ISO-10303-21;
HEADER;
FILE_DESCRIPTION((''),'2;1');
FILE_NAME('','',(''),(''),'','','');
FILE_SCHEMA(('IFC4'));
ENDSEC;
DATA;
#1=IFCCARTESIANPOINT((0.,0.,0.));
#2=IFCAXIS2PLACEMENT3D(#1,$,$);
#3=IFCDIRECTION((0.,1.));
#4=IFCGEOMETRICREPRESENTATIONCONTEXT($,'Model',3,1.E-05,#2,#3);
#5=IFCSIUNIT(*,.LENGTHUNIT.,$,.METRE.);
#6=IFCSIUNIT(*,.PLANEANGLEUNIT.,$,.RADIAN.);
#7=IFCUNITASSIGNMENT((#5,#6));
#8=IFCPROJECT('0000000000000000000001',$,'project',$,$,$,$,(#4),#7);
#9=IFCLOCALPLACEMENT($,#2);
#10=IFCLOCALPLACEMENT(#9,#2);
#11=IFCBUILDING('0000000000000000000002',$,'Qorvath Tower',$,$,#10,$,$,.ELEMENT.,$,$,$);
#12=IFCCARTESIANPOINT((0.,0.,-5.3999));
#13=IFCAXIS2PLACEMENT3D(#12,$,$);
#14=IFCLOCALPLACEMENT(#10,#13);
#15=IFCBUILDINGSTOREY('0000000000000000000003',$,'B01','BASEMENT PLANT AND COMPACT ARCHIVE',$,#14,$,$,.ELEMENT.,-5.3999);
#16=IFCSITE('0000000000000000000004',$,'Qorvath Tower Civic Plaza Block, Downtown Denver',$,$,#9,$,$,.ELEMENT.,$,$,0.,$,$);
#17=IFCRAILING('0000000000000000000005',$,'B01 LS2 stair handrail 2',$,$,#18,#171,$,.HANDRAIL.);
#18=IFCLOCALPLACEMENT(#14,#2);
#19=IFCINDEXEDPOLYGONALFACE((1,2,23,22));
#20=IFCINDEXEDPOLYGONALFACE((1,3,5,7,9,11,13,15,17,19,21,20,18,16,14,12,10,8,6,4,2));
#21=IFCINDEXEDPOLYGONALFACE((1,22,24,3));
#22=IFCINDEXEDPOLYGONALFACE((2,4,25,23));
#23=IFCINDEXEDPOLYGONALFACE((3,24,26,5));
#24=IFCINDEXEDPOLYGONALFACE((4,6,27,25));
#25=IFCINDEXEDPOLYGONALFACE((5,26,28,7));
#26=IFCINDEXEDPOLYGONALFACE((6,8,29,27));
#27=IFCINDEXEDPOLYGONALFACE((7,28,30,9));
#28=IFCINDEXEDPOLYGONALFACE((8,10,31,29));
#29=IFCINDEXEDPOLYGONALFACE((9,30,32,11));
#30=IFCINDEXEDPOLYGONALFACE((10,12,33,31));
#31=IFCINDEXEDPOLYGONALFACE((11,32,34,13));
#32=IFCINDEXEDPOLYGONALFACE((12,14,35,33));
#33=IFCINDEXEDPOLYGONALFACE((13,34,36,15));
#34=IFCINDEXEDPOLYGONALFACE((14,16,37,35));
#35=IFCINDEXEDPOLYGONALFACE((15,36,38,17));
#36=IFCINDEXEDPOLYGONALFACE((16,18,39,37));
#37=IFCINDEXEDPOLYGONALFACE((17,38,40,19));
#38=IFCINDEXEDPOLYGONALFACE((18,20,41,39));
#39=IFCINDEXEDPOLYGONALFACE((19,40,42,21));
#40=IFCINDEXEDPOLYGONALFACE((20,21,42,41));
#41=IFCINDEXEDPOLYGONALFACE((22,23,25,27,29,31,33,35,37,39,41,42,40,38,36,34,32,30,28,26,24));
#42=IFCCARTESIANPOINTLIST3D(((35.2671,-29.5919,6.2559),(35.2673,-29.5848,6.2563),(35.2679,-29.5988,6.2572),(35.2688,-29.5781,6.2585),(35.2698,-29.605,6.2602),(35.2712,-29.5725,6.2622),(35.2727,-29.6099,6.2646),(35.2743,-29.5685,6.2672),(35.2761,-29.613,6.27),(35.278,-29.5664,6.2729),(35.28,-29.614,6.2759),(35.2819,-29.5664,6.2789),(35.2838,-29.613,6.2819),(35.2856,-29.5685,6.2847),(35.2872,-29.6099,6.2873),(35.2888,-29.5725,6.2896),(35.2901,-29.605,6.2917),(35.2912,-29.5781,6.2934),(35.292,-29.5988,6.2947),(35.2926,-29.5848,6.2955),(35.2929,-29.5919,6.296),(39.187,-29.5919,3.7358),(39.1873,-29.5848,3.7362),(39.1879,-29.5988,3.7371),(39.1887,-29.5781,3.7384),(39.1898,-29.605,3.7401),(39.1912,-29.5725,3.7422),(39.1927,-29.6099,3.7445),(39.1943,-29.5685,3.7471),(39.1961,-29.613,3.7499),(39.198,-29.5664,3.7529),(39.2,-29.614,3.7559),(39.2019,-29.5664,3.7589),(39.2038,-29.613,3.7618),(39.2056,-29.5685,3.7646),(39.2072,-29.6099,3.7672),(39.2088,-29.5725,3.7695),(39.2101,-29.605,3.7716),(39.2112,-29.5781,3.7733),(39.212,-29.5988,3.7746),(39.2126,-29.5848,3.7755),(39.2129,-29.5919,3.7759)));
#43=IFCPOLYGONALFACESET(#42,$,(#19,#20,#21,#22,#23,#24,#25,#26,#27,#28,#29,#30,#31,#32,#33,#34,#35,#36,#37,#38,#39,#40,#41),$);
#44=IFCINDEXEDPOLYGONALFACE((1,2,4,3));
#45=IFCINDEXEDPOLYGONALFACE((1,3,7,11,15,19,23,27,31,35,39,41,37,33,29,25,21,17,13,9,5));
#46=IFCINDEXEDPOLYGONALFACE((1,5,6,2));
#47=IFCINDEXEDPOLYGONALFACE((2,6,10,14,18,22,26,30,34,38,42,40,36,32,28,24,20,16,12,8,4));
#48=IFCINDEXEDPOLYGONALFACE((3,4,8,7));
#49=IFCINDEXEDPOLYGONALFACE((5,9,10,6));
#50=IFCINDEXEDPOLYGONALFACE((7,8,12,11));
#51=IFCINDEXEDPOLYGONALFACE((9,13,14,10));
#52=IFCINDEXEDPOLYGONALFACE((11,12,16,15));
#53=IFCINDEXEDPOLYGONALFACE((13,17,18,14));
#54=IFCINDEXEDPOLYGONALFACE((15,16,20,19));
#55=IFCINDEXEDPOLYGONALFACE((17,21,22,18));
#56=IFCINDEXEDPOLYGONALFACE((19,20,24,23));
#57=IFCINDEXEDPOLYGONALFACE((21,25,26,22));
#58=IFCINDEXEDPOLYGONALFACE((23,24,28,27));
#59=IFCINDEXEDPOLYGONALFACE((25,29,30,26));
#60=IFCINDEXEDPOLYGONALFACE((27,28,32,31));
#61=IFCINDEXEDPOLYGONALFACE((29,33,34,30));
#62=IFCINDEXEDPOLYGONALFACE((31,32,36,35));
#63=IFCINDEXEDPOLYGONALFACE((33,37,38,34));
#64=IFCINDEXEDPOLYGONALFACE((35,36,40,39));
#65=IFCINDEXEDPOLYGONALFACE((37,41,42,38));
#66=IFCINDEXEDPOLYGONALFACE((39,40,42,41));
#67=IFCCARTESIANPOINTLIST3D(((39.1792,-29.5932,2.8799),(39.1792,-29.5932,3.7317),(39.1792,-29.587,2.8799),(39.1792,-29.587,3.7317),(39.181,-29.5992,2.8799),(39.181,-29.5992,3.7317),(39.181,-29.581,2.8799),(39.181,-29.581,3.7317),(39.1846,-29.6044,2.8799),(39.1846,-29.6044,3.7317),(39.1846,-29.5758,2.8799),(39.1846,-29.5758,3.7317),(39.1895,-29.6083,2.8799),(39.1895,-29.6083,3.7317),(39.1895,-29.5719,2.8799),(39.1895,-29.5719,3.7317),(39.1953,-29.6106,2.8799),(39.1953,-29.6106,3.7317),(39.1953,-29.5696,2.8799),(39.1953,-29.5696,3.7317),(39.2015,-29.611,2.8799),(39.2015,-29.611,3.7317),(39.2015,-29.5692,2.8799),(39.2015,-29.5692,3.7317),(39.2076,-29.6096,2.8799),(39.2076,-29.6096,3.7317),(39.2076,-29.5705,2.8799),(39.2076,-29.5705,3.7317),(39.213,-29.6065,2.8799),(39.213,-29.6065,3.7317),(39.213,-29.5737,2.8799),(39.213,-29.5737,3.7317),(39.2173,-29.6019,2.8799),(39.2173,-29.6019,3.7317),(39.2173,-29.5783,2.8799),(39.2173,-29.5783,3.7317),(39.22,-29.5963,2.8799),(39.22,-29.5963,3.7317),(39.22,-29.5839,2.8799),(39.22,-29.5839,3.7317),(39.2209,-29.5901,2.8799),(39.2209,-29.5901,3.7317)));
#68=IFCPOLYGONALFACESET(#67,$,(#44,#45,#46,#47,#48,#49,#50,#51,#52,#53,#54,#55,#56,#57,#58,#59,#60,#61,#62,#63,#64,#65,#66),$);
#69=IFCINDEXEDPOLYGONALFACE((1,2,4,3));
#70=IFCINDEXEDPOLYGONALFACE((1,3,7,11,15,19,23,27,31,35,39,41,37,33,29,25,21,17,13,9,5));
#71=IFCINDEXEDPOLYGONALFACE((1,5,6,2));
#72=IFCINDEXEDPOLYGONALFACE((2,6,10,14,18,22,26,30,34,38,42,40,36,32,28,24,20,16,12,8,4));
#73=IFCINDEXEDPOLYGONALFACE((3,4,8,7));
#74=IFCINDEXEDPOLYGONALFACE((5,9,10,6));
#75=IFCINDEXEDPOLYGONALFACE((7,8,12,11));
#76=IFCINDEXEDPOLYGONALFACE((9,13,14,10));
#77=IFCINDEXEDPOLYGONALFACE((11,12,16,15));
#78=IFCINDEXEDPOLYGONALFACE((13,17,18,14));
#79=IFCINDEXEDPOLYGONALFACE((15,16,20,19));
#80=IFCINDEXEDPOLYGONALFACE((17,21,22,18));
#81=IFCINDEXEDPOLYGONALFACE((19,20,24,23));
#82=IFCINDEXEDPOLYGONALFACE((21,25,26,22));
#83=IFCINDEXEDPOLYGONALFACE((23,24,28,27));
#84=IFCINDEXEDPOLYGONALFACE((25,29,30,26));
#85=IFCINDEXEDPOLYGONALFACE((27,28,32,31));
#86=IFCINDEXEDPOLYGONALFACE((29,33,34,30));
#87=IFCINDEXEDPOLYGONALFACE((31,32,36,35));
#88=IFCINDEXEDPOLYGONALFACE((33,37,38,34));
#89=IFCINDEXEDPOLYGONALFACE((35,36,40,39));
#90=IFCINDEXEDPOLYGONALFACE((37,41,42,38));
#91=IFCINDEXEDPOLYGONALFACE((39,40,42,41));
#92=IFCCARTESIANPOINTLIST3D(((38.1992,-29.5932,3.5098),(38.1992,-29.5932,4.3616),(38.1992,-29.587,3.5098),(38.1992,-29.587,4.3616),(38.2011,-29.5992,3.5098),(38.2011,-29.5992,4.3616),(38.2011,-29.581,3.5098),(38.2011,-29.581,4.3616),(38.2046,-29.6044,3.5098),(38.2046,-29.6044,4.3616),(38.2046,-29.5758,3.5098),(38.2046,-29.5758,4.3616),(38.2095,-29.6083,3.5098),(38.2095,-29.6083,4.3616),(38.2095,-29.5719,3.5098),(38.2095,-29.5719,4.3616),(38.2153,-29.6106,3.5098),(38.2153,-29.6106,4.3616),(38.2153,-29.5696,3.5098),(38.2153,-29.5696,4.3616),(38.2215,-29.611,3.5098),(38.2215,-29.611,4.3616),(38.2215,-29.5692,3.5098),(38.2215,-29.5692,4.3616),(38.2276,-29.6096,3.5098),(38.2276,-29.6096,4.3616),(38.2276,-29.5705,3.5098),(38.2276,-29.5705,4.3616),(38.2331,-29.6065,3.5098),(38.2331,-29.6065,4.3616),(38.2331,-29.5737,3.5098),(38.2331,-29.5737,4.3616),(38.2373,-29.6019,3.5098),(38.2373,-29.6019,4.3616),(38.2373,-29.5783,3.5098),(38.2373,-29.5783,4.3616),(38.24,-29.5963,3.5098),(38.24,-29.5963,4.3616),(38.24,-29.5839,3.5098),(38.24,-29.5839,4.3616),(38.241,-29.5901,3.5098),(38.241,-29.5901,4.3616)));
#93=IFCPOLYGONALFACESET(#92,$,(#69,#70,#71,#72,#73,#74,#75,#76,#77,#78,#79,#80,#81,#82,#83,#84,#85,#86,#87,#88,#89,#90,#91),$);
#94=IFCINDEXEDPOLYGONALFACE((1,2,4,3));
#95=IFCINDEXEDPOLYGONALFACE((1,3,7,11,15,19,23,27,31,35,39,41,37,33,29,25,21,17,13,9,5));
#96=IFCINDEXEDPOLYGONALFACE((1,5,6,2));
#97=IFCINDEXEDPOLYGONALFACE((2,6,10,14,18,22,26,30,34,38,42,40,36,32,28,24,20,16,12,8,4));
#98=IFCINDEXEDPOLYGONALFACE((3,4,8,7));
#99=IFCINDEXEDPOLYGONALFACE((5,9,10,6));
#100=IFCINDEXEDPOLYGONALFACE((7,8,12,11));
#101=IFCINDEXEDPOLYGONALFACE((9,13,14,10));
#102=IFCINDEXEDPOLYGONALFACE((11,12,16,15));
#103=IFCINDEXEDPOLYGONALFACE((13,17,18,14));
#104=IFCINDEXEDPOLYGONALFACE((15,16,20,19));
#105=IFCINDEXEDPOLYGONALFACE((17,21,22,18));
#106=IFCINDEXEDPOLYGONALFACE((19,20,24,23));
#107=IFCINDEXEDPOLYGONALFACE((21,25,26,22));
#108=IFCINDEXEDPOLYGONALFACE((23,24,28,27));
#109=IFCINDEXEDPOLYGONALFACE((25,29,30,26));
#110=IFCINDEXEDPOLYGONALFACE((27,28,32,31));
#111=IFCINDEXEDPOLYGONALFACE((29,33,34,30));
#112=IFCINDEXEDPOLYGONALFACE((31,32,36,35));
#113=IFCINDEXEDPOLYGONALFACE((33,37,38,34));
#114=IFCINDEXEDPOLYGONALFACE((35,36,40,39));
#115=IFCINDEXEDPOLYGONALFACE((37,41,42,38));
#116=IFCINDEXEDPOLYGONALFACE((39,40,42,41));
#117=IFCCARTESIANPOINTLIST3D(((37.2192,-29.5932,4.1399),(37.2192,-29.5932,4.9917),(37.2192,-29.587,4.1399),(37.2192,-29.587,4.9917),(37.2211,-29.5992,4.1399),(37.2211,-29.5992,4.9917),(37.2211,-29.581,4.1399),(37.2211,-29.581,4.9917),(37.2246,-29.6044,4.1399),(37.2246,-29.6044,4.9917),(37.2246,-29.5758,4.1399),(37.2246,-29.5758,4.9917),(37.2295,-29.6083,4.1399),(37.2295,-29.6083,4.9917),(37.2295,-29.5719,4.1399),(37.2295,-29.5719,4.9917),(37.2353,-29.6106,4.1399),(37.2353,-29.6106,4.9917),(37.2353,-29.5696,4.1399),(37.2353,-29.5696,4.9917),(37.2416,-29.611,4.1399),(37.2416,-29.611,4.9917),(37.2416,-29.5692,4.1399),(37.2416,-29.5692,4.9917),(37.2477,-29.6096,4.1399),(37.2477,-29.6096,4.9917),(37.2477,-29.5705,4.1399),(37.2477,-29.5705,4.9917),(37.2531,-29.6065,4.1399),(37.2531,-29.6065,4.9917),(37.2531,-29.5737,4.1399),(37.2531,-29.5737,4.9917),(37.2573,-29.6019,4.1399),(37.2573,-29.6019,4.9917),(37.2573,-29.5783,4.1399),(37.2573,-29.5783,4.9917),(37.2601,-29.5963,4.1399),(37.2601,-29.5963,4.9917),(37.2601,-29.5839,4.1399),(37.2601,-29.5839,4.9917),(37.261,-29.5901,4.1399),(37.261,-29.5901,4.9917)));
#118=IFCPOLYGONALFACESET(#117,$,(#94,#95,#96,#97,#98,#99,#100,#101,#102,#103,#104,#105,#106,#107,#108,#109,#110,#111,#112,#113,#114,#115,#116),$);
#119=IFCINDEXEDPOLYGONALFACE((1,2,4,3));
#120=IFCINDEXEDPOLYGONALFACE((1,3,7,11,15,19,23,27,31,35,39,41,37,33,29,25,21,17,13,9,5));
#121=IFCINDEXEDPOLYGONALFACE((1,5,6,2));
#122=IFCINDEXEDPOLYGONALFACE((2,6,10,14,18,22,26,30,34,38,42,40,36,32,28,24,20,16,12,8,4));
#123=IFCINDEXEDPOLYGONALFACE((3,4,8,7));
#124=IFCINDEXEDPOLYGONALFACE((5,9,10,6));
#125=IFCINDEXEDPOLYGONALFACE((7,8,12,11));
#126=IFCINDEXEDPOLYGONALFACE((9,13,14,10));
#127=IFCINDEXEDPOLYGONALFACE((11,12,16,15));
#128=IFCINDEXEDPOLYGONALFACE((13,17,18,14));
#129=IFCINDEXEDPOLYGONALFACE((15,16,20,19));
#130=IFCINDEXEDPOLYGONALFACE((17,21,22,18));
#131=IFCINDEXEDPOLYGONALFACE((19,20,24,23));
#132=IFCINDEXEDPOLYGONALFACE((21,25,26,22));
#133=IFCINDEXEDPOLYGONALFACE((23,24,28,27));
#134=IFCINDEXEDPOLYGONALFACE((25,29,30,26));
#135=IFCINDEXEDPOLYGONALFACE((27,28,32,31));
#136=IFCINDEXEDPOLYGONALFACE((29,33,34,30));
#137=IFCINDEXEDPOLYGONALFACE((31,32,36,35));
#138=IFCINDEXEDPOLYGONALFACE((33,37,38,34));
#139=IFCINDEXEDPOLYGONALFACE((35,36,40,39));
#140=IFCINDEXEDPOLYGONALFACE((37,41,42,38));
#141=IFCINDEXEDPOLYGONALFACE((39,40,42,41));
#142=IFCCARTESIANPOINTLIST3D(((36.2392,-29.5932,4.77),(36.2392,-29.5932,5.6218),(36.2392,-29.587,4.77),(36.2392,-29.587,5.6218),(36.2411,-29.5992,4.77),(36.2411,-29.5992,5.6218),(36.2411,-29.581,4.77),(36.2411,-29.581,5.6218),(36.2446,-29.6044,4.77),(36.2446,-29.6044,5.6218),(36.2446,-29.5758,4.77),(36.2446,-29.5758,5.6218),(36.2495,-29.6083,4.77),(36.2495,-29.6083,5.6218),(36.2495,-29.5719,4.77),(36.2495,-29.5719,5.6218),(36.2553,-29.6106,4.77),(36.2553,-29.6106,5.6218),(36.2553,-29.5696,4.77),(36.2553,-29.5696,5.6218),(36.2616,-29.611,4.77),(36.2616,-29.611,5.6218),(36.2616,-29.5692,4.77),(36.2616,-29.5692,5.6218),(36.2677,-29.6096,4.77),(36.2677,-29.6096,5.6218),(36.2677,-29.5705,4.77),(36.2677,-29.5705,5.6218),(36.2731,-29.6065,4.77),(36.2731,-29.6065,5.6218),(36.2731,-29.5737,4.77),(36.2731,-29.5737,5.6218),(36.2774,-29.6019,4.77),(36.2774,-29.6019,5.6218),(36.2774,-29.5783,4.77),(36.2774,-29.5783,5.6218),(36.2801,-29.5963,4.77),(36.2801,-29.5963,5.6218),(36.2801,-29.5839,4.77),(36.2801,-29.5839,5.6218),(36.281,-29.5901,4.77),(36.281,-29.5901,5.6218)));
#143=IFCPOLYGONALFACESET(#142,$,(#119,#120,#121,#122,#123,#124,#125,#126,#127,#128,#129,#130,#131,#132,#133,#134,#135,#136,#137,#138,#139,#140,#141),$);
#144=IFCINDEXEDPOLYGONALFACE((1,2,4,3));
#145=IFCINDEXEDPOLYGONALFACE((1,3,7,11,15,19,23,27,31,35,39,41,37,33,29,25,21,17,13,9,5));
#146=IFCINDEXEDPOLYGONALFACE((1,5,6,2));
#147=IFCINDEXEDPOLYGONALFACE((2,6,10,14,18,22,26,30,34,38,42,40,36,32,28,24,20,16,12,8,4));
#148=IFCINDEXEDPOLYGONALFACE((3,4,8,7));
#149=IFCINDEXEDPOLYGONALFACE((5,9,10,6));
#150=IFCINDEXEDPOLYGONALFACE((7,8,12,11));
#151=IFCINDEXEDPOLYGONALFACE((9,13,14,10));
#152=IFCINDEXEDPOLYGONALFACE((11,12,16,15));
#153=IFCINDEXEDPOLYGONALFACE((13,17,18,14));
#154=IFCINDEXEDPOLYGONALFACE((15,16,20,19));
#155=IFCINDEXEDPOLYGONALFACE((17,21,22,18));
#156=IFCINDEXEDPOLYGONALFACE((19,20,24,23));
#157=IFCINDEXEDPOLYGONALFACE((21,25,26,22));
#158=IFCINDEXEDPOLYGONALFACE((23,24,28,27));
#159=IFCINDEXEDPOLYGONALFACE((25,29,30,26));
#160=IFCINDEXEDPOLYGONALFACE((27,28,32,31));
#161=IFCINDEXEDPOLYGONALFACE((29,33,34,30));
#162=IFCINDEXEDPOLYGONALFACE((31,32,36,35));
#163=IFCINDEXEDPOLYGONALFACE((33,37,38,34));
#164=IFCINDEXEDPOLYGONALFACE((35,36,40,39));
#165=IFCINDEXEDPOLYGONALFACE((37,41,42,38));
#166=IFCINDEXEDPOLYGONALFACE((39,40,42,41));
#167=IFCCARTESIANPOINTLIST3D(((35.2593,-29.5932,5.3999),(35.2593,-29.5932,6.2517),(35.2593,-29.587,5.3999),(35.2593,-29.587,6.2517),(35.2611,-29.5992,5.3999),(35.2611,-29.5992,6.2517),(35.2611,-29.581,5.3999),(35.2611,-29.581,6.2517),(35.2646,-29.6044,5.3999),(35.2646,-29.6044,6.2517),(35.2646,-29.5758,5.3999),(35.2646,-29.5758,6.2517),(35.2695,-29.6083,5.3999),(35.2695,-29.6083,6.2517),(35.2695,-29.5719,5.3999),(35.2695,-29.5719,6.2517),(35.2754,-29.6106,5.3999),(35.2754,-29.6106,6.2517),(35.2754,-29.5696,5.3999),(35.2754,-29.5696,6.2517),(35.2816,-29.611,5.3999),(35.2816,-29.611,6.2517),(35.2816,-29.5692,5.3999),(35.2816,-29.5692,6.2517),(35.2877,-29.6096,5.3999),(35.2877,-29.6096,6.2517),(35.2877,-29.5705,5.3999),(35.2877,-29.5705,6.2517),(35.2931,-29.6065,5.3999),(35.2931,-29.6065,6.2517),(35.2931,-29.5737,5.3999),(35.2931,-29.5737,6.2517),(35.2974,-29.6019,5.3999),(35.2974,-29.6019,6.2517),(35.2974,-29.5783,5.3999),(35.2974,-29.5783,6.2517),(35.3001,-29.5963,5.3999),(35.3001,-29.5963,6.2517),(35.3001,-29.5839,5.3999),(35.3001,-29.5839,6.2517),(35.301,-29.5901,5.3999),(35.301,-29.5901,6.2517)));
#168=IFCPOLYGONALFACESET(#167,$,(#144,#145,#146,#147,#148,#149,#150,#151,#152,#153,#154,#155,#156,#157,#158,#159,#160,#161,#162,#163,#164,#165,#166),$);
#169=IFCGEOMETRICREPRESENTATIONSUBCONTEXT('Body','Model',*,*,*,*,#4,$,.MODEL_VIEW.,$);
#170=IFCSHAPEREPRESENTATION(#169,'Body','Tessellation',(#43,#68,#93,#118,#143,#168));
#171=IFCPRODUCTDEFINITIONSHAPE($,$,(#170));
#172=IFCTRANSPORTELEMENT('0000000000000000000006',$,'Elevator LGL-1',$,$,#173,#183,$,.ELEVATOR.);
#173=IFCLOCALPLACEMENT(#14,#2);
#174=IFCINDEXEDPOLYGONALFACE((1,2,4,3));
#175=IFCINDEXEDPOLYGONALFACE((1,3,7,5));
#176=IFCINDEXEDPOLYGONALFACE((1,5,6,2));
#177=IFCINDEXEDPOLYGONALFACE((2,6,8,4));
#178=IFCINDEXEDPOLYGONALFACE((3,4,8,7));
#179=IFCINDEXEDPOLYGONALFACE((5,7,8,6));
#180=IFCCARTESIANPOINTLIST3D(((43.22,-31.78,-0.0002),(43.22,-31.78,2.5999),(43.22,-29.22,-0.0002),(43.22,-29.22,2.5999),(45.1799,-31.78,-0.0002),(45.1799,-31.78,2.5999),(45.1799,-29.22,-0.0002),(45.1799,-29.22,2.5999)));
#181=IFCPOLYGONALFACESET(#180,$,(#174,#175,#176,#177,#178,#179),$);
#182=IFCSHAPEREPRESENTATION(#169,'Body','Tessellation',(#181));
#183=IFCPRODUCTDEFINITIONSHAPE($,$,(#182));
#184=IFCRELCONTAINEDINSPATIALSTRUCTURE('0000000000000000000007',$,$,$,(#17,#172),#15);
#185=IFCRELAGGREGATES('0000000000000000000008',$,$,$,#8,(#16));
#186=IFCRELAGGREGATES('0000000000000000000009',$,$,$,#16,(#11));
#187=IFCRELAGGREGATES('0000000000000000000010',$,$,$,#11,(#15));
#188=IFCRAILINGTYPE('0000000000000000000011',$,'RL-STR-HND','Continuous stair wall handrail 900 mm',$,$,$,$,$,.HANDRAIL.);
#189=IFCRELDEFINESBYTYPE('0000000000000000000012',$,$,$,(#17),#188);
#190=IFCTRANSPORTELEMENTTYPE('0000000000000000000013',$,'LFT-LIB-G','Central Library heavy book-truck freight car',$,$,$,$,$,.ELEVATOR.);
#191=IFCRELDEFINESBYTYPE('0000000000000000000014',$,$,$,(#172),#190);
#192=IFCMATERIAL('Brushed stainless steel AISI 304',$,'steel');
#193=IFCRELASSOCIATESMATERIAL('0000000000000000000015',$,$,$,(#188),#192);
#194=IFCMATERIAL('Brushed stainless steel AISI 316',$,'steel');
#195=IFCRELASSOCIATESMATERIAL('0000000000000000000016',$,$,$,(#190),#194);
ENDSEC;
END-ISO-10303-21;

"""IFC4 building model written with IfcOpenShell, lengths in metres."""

from ifc_helpers import new_model, si_unit, direction, frame, origin, origin_2d, place, context, subcontext, project, spatial, rectangle, circle, extrude, material, type_object, element, save


model = new_model("IFC4")

# Units and contexts
model_context = context("Model", 3, precision=1e-05, world=origin(), true_north=direction((0.0, 1.0)))
body_context = subcontext(model_context, "Body", "Model", "MODEL_VIEW")
ifc_project = project(units=[si_unit("LENGTHUNIT", "METRE"), si_unit("PLANEANGLEUNIT", "RADIAN")], contexts=[model_context])

# Site, building, storey
site_placement = place(None, origin())
site = spatial("IfcSite", under=ifc_project, at=site_placement, Name="Qorvath Tower Civic Plaza Block, Downtown Denver", CompositionType="ELEMENT", RefElevation=0.0)
building_placement = place(site_placement, origin())
building = spatial("IfcBuilding", under=site, at=building_placement, Name="Qorvath Tower", CompositionType="ELEMENT")
storey_placement = place(building_placement, frame((0.0, 0.0, -5.3999)))
storey = spatial("IfcBuildingStorey", under=building, at=storey_placement, Name="B01", Description="BASEMENT PLANT AND COMPACT ARCHIVE", CompositionType="ELEMENT", Elevation=-5.3999)

# Railing
ifc_material_1 = material(Name="Brushed stainless steel AISI 304", Category="steel")
railing_type_1 = type_object("IfcRailingType", Name="RL-STR-HND", Description="Continuous stair wall handrail 900 mm", PredefinedType="HANDRAIL", material=ifc_material_1)
railing_1_placement = place(storey_placement, frame((39.2, -29.5901, 2.8799)))
element("IfcRailing", 1, at=railing_1_placement, inside=storey, type_object=railing_type_1, Name="B01 LS2 stair handrail 2", PredefinedType="HANDRAIL", context=body_context, shape_type="SweptSolid", body=[
    extrude(circle(Radius=0.0239, at=origin_2d()), frame((0.0, 0.0, 0.876), z_axis=(-0.841172, 0.0, 0.540768), x_axis=(0.0, -1.0, 0.0)), (0.0, 0.0, 1.0), 4.6602),
    extrude(circle(Radius=0.021, at=origin_2d()), origin(), (0.0, 0.0, 1.0), 0.8518),
    extrude(circle(Radius=0.021, at=origin_2d()), frame((-0.98, 0.0, 0.6299)), (0.0, 0.0, 1.0), 0.8518),
    extrude(circle(Radius=0.021, at=origin_2d()), frame((-1.96, 0.0, 1.26)), (0.0, 0.0, 1.0), 0.8518),
    extrude(circle(Radius=0.021, at=origin_2d()), frame((-2.9399, 0.0, 1.8901)), (0.0, 0.0, 1.0), 0.8518),
    extrude(circle(Radius=0.021, at=origin_2d()), frame((-3.9199, 0.0, 2.52)), (0.0, 0.0, 1.0), 0.8518),
])

# Transport element
ifc_material_2 = material(Name="Brushed stainless steel AISI 316", Category="steel")
transport_element_type = type_object("IfcTransportElementType", Name="LFT-LIB-G", Description="Central Library heavy book-truck freight car", PredefinedType="ELEVATOR", material=ifc_material_2)
transport_element_placement = place(storey_placement, frame((44.2, -30.5, -0.0002), z_axis=(0.0, 0.0, 1.0), x_axis=(1.0, 0.0, 0.0)))
element("IfcTransportElement", 2, at=transport_element_placement, inside=storey, type_object=transport_element_type, Name="Elevator LGL-1", PredefinedType="ELEVATOR", context=body_context, shape_type="SweptSolid", body=[
    extrude(rectangle(XDim=1.96, YDim=2.5601, at=origin_2d()), origin(), (0.0, 0.0, 1.0), 2.6001),
])

save(model, "model.ifc")
